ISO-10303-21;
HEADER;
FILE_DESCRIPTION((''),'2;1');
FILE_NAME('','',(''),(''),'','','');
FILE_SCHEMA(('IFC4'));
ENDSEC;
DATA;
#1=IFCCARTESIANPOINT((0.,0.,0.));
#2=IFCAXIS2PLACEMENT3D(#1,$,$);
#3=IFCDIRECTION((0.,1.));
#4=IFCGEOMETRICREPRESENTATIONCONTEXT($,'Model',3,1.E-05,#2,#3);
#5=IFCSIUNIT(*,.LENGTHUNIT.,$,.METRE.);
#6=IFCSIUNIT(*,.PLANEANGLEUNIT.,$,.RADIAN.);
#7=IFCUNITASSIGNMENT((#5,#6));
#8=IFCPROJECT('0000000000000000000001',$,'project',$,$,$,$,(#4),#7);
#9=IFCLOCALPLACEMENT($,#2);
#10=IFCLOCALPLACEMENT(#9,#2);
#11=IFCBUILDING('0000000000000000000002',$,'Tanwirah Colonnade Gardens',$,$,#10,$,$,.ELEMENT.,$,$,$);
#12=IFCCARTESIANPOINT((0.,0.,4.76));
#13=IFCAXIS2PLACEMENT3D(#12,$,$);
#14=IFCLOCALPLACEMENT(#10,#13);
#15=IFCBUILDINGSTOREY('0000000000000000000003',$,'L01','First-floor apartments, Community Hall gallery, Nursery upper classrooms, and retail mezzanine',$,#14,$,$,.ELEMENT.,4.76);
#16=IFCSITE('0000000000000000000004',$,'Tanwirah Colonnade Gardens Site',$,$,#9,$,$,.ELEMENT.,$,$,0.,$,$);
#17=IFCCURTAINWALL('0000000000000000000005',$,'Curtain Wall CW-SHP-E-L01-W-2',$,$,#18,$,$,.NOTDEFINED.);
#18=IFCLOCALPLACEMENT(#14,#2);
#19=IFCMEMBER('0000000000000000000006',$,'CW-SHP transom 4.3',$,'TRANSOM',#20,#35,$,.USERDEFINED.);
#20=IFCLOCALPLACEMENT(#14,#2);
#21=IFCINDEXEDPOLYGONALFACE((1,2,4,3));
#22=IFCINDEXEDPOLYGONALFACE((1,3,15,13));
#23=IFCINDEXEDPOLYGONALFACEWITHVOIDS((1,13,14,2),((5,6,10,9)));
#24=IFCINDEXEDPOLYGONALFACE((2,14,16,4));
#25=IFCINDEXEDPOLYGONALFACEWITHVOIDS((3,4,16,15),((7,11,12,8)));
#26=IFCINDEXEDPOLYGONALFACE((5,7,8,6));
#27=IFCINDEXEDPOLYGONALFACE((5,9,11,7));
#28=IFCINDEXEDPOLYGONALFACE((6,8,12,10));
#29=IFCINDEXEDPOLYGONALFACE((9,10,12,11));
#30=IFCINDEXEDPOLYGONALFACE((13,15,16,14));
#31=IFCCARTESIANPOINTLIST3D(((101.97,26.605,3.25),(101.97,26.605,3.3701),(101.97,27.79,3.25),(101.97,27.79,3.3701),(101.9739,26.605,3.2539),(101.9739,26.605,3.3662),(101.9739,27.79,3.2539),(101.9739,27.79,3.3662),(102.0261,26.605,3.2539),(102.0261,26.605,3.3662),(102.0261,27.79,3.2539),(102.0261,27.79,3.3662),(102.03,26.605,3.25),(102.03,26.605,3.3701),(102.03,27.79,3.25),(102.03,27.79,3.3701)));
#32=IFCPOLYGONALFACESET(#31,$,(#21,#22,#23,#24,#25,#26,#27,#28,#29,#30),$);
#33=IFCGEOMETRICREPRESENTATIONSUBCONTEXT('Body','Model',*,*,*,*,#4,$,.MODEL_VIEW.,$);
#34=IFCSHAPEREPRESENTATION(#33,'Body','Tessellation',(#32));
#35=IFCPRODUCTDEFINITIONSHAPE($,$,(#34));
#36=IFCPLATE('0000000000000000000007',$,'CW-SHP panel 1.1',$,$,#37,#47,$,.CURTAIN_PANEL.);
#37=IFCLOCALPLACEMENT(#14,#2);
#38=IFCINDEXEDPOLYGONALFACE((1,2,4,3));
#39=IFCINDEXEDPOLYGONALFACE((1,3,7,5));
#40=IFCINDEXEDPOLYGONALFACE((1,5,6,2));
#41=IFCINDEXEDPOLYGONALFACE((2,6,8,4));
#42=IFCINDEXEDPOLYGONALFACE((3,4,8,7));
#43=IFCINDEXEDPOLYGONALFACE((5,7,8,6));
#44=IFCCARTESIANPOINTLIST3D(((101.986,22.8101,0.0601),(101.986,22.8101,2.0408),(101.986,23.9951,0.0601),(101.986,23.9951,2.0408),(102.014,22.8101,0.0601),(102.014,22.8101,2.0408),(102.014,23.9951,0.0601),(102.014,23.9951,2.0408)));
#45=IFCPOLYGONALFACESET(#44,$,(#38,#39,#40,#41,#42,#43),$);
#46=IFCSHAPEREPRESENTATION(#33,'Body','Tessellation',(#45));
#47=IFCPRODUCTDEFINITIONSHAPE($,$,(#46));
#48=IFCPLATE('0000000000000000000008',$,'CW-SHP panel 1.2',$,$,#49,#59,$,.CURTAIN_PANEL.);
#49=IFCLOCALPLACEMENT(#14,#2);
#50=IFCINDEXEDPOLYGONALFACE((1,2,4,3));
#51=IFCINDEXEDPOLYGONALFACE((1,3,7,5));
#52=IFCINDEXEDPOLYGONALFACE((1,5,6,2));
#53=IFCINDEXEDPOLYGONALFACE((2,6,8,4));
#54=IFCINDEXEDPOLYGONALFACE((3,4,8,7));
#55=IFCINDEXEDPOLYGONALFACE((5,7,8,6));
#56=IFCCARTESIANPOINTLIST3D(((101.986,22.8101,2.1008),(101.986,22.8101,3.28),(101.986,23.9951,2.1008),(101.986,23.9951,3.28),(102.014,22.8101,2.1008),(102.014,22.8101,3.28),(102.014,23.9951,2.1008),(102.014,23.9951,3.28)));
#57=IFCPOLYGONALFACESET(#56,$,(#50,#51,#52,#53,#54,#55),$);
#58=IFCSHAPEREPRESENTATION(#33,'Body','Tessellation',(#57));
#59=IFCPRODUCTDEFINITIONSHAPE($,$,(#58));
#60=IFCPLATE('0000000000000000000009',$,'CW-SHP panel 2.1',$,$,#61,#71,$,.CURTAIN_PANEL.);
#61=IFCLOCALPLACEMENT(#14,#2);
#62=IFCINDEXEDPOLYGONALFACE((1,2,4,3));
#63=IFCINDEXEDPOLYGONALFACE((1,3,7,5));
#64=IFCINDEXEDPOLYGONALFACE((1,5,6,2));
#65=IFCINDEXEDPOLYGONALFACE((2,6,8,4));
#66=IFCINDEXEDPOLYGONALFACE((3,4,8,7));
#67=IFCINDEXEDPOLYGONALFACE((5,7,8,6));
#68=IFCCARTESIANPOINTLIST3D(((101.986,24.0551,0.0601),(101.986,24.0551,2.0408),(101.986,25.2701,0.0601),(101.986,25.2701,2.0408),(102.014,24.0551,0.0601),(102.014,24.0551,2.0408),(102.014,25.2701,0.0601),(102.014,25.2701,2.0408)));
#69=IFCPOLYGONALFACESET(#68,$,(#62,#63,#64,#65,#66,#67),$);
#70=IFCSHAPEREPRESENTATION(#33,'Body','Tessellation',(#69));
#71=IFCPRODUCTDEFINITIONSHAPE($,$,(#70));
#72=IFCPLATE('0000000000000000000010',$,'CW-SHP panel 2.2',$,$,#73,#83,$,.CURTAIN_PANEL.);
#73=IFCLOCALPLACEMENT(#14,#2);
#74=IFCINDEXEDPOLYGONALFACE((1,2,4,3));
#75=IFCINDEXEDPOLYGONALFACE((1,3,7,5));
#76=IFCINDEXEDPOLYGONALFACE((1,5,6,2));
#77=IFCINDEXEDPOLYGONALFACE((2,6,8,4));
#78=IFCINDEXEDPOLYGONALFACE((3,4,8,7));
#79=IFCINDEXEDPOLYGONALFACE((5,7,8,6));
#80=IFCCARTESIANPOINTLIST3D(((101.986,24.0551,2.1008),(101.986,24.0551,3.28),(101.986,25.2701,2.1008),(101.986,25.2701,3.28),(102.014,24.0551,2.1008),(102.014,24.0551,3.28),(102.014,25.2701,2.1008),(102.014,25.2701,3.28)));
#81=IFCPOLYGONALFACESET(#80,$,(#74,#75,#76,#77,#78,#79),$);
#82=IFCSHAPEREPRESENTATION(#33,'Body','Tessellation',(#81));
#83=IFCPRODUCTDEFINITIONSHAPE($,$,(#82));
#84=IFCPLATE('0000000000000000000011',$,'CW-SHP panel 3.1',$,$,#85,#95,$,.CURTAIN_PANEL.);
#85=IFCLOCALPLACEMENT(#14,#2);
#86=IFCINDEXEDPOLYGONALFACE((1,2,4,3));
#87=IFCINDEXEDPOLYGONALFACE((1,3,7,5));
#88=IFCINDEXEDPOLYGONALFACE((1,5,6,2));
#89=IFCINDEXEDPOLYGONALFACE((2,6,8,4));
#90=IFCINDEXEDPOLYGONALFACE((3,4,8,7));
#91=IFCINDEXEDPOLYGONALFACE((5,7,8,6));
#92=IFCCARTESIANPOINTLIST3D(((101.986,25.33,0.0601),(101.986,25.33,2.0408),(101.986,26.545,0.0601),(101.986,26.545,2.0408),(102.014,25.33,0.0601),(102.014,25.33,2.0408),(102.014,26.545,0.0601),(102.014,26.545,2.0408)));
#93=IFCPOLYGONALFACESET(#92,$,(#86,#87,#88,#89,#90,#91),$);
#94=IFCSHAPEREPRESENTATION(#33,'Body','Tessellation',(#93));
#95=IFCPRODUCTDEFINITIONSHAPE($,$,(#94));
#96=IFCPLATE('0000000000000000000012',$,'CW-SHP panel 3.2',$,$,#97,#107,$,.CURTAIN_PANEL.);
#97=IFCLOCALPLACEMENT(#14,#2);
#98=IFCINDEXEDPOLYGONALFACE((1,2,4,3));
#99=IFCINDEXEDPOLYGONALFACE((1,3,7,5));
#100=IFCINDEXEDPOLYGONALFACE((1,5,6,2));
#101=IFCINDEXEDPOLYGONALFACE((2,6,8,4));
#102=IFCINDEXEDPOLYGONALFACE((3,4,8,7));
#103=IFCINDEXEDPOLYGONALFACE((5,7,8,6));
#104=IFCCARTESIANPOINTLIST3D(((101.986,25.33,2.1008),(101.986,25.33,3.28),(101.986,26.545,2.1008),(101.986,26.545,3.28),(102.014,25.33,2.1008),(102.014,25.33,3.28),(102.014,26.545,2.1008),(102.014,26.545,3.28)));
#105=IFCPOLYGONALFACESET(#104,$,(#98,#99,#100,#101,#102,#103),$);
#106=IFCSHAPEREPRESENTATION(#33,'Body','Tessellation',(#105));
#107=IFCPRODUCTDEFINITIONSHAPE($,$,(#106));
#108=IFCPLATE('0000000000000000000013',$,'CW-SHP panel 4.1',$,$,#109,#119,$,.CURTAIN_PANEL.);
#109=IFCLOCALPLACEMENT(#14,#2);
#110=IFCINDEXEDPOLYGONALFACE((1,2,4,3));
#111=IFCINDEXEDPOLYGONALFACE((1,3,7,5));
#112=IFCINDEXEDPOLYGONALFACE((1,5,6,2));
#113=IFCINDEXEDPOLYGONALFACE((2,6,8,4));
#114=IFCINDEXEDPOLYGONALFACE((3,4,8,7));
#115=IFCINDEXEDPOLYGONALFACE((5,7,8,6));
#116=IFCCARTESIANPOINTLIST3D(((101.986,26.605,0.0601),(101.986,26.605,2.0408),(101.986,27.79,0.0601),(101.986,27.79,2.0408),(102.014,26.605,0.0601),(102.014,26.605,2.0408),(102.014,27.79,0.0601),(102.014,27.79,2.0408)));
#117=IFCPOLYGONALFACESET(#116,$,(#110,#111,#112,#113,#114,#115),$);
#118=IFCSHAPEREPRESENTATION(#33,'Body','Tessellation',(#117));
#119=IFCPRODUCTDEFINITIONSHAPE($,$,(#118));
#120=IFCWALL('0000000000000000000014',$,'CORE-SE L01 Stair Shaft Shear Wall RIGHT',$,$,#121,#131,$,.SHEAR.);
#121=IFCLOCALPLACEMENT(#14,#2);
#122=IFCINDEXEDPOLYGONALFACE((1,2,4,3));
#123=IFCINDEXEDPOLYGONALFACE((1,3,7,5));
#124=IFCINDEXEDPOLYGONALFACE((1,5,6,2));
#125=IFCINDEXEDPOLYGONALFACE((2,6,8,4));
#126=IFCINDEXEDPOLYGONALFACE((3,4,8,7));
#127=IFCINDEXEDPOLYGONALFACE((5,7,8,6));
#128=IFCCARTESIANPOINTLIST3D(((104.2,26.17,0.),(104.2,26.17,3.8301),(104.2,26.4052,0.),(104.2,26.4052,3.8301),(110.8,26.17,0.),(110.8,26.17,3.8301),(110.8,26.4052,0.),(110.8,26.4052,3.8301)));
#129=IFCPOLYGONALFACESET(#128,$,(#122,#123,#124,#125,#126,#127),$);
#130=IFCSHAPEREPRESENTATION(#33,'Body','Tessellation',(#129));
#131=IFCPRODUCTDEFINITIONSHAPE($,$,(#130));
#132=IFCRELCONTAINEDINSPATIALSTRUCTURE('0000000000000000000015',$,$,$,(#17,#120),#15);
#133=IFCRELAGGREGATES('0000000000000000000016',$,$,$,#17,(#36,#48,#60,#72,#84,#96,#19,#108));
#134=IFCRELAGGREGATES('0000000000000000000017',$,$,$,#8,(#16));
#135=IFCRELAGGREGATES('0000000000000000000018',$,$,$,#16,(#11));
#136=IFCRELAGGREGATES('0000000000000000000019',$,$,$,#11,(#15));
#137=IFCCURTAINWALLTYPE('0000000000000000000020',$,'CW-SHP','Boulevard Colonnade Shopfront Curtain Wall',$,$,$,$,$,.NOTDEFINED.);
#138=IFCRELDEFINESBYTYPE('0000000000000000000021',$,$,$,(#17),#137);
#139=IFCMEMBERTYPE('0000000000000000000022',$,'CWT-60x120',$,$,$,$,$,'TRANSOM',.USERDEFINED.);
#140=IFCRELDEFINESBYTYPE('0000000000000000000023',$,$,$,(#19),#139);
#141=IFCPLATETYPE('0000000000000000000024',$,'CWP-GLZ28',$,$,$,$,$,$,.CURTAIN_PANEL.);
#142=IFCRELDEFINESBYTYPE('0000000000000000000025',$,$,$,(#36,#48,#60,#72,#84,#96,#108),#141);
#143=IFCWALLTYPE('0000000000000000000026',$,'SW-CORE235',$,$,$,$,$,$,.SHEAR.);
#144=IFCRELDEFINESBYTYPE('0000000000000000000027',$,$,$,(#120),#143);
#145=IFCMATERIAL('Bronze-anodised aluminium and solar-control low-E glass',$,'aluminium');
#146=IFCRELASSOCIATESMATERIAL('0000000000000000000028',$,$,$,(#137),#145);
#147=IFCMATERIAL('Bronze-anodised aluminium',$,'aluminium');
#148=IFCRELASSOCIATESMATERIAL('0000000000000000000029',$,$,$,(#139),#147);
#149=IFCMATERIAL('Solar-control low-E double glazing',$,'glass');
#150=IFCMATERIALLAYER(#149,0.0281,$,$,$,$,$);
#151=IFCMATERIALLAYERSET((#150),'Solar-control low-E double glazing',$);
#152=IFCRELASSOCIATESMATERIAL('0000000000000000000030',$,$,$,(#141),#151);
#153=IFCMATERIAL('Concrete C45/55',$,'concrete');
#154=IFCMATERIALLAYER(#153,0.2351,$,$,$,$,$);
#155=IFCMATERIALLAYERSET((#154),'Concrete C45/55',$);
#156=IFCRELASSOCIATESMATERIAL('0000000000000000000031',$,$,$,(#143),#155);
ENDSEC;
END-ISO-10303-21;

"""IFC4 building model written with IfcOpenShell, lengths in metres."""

from ifc_helpers import new_model, si_unit, direction, frame, frame_2d, origin, origin_2d, place, context, subcontext, project, spatial, rectangle, hollow_rectangle, extrude, material, layer, layer_set, material_profile, profile_set, type_object, element, aggregate, save


model = new_model("IFC4")

# Units and contexts
model_context = context("Model", 3, precision=1e-05, world=origin(), true_north=direction((0.0, 1.0)))
body_context = subcontext(model_context, "Body", "Model", "MODEL_VIEW")
ifc_project = project(units=[si_unit("LENGTHUNIT", "METRE"), si_unit("PLANEANGLEUNIT", "RADIAN")], contexts=[model_context])

# Site, building, storey
site_placement = place(None, origin())
site = spatial("IfcSite", under=ifc_project, at=site_placement, Name="Tanwirah Colonnade Gardens Site", CompositionType="ELEMENT", RefElevation=0.0)
building_placement = place(site_placement, origin())
building = spatial("IfcBuilding", under=site, at=building_placement, Name="Tanwirah Colonnade Gardens", CompositionType="ELEMENT")
storey_placement = place(building_placement, frame((0.0, 0.0, 4.76)))
storey = spatial("IfcBuildingStorey", under=building, at=storey_placement, Name="L01", Description="First-floor apartments, Community Hall gallery, Nursery upper classrooms, and retail mezzanine", CompositionType="ELEMENT", Elevation=4.76)

# Curtain wall, member, plates
ifc_material_1 = material(Name="Bronze-anodised aluminium and solar-control low-E glass", Category="aluminium")
curtain_wall_type = type_object("IfcCurtainWallType", Name="CW-SHP", Description="Boulevard Colonnade Shopfront Curtain Wall", PredefinedType="NOTDEFINED", material=ifc_material_1)
curtain_wall_placement = place(storey_placement, origin())
curtain_wall = element("IfcCurtainWall", 1, at=curtain_wall_placement, inside=storey, type_object=curtain_wall_type, Name="Curtain Wall CW-SHP-E-L01-W-2", PredefinedType="NOTDEFINED")
ifc_material_2 = material(Name="Bronze-anodised aluminium", Category="aluminium")
ifc_material_profile_1 = material_profile(ifc_material_2, hollow_rectangle(XDim=0.0601, YDim=0.1201, WallThickness=0.0039, at=origin_2d()), Name="CW-TRN 60x120x4")
ifc_profile_set_1 = profile_set([ifc_material_profile_1], Name="Bronze-anodised aluminium")
member_type_1 = type_object("IfcMemberType", Name="CWT-60x120", ElementType="TRANSOM", PredefinedType="USERDEFINED", material=ifc_profile_set_1)
member_1_placement = place(storey_placement, frame((102.0, 26.605, 3.3101), z_axis=(0.0, 1.0, 0.0), x_axis=(-1.0, 0.0, 0.0)))
member_1 = element("IfcMember", 2, at=member_1_placement, type_object=member_type_1, Name="CW-SHP transom 4.3", ObjectType="TRANSOM", PredefinedType="USERDEFINED", context=body_context, shape_type="SweptSolid", body=[
    extrude(hollow_rectangle(XDim=0.0601, YDim=0.1201, WallThickness=0.0039, at=origin_2d()), origin(), (0.0, 0.0, 1.0), 1.1851),
])
ifc_material_3 = material(Name="Solar-control low-E double glazing", Category="glass")
ifc_layer_1 = layer(ifc_material_3, 0.0281)
ifc_layer_set_1 = layer_set([ifc_layer_1], Name="Solar-control low-E double glazing")
plate_type = type_object("IfcPlateType", Name="CWP-GLZ28", PredefinedType="CURTAIN_PANEL", material=ifc_layer_set_1)
plate_1_placement = place(storey_placement, frame((102.0, 23.4026, 0.0601), z_axis=(0.0, 0.0, 1.0), x_axis=(0.0, 1.0, 0.0)))
plate_1 = element("IfcPlate", 3, at=plate_1_placement, type_object=plate_type, Name="CW-SHP panel 1.1", PredefinedType="CURTAIN_PANEL", context=body_context, shape_type="SweptSolid", body=[
    extrude(rectangle(XDim=1.1851, YDim=0.0281, at=origin_2d()), origin(), (0.0, 0.0, 1.0), 1.9807),
])
plate_2_placement = place(storey_placement, frame((102.0, 23.4026, 2.1008), z_axis=(0.0, 0.0, 1.0), x_axis=(0.0, 1.0, 0.0)))
plate_2 = element("IfcPlate", 4, at=plate_2_placement, type_object=plate_type, Name="CW-SHP panel 1.2", PredefinedType="CURTAIN_PANEL", context=body_context, shape_type="SweptSolid", body=[
    extrude(rectangle(XDim=1.1851, YDim=0.0281, at=origin_2d()), origin(), (0.0, 0.0, 1.0), 1.1792),
])
plate_3_placement = place(storey_placement, frame((102.0, 24.6626, 0.0601), z_axis=(0.0, 0.0, 1.0), x_axis=(0.0, 1.0, 0.0)))
plate_3 = element("IfcPlate", 5, at=plate_3_placement, type_object=plate_type, Name="CW-SHP panel 2.1", PredefinedType="CURTAIN_PANEL", context=body_context, shape_type="SweptSolid", body=[
    extrude(rectangle(XDim=1.2151, YDim=0.0281, at=origin_2d()), origin(), (0.0, 0.0, 1.0), 1.9807),
])
plate_4_placement = place(storey_placement, frame((102.0, 24.6626, 2.1008), z_axis=(0.0, 0.0, 1.0), x_axis=(0.0, 1.0, 0.0)))
plate_4 = element("IfcPlate", 6, at=plate_4_placement, type_object=plate_type, Name="CW-SHP panel 2.2", PredefinedType="CURTAIN_PANEL", context=body_context, shape_type="SweptSolid", body=[
    extrude(rectangle(XDim=1.2151, YDim=0.0281, at=origin_2d()), origin(), (0.0, 0.0, 1.0), 1.1792),
])
plate_5_placement = place(storey_placement, frame((102.0, 25.9375, 0.0601), z_axis=(0.0, 0.0, 1.0), x_axis=(0.0, 1.0, 0.0)))
plate_5 = element("IfcPlate", 7, at=plate_5_placement, type_object=plate_type, Name="CW-SHP panel 3.1", PredefinedType="CURTAIN_PANEL", context=body_context, shape_type="SweptSolid", body=[
    extrude(rectangle(XDim=1.2151, YDim=0.0281, at=origin_2d()), origin(), (0.0, 0.0, 1.0), 1.9807),
])
plate_6_placement = place(storey_placement, frame((102.0, 25.9375, 2.1008), z_axis=(0.0, 0.0, 1.0), x_axis=(0.0, 1.0, 0.0)))
plate_6 = element("IfcPlate", 8, at=plate_6_placement, type_object=plate_type, Name="CW-SHP panel 3.2", PredefinedType="CURTAIN_PANEL", context=body_context, shape_type="SweptSolid", body=[
    extrude(rectangle(XDim=1.2151, YDim=0.0281, at=origin_2d()), origin(), (0.0, 0.0, 1.0), 1.1792),
])
plate_7_placement = place(storey_placement, frame((102.0, 27.1975, 0.0601), z_axis=(0.0, 0.0, 1.0), x_axis=(0.0, 1.0, 0.0)))
plate_7 = element("IfcPlate", 9, at=plate_7_placement, type_object=plate_type, Name="CW-SHP panel 4.1", PredefinedType="CURTAIN_PANEL", context=body_context, shape_type="SweptSolid", body=[
    extrude(rectangle(XDim=1.1851, YDim=0.0281, at=origin_2d()), origin(), (0.0, 0.0, 1.0), 1.9807),
])
aggregate(curtain_wall, [plate_1, plate_2, plate_3, plate_4, plate_5, plate_6, member_1, plate_7])

# Wall
ifc_material_4 = material(Name="Concrete C45/55", Category="concrete")
ifc_layer_2 = layer(ifc_material_4, 0.2351)
ifc_layer_set_2 = layer_set([ifc_layer_2], Name="Concrete C45/55")
wall_type = type_object("IfcWallType", Name="SW-CORE235", PredefinedType="SHEAR", material=ifc_layer_set_2)
wall_placement = place(storey_placement, frame((104.2, 26.2876, 0.0), z_axis=(0.0, 0.0, 1.0), x_axis=(1.0, 0.0, 0.0)))
element("IfcWall", 10, at=wall_placement, inside=storey, type_object=wall_type, Name="CORE-SE L01 Stair Shaft Shear Wall RIGHT", PredefinedType="SHEAR", context=body_context, shape_type="SweptSolid", body=[
    extrude(rectangle(XDim=6.6001, YDim=0.2351, at=frame_2d((3.3, 0.0))), origin(), (0.0, 0.0, 1.0), 3.8301),
])

save(model, "model.ifc")
